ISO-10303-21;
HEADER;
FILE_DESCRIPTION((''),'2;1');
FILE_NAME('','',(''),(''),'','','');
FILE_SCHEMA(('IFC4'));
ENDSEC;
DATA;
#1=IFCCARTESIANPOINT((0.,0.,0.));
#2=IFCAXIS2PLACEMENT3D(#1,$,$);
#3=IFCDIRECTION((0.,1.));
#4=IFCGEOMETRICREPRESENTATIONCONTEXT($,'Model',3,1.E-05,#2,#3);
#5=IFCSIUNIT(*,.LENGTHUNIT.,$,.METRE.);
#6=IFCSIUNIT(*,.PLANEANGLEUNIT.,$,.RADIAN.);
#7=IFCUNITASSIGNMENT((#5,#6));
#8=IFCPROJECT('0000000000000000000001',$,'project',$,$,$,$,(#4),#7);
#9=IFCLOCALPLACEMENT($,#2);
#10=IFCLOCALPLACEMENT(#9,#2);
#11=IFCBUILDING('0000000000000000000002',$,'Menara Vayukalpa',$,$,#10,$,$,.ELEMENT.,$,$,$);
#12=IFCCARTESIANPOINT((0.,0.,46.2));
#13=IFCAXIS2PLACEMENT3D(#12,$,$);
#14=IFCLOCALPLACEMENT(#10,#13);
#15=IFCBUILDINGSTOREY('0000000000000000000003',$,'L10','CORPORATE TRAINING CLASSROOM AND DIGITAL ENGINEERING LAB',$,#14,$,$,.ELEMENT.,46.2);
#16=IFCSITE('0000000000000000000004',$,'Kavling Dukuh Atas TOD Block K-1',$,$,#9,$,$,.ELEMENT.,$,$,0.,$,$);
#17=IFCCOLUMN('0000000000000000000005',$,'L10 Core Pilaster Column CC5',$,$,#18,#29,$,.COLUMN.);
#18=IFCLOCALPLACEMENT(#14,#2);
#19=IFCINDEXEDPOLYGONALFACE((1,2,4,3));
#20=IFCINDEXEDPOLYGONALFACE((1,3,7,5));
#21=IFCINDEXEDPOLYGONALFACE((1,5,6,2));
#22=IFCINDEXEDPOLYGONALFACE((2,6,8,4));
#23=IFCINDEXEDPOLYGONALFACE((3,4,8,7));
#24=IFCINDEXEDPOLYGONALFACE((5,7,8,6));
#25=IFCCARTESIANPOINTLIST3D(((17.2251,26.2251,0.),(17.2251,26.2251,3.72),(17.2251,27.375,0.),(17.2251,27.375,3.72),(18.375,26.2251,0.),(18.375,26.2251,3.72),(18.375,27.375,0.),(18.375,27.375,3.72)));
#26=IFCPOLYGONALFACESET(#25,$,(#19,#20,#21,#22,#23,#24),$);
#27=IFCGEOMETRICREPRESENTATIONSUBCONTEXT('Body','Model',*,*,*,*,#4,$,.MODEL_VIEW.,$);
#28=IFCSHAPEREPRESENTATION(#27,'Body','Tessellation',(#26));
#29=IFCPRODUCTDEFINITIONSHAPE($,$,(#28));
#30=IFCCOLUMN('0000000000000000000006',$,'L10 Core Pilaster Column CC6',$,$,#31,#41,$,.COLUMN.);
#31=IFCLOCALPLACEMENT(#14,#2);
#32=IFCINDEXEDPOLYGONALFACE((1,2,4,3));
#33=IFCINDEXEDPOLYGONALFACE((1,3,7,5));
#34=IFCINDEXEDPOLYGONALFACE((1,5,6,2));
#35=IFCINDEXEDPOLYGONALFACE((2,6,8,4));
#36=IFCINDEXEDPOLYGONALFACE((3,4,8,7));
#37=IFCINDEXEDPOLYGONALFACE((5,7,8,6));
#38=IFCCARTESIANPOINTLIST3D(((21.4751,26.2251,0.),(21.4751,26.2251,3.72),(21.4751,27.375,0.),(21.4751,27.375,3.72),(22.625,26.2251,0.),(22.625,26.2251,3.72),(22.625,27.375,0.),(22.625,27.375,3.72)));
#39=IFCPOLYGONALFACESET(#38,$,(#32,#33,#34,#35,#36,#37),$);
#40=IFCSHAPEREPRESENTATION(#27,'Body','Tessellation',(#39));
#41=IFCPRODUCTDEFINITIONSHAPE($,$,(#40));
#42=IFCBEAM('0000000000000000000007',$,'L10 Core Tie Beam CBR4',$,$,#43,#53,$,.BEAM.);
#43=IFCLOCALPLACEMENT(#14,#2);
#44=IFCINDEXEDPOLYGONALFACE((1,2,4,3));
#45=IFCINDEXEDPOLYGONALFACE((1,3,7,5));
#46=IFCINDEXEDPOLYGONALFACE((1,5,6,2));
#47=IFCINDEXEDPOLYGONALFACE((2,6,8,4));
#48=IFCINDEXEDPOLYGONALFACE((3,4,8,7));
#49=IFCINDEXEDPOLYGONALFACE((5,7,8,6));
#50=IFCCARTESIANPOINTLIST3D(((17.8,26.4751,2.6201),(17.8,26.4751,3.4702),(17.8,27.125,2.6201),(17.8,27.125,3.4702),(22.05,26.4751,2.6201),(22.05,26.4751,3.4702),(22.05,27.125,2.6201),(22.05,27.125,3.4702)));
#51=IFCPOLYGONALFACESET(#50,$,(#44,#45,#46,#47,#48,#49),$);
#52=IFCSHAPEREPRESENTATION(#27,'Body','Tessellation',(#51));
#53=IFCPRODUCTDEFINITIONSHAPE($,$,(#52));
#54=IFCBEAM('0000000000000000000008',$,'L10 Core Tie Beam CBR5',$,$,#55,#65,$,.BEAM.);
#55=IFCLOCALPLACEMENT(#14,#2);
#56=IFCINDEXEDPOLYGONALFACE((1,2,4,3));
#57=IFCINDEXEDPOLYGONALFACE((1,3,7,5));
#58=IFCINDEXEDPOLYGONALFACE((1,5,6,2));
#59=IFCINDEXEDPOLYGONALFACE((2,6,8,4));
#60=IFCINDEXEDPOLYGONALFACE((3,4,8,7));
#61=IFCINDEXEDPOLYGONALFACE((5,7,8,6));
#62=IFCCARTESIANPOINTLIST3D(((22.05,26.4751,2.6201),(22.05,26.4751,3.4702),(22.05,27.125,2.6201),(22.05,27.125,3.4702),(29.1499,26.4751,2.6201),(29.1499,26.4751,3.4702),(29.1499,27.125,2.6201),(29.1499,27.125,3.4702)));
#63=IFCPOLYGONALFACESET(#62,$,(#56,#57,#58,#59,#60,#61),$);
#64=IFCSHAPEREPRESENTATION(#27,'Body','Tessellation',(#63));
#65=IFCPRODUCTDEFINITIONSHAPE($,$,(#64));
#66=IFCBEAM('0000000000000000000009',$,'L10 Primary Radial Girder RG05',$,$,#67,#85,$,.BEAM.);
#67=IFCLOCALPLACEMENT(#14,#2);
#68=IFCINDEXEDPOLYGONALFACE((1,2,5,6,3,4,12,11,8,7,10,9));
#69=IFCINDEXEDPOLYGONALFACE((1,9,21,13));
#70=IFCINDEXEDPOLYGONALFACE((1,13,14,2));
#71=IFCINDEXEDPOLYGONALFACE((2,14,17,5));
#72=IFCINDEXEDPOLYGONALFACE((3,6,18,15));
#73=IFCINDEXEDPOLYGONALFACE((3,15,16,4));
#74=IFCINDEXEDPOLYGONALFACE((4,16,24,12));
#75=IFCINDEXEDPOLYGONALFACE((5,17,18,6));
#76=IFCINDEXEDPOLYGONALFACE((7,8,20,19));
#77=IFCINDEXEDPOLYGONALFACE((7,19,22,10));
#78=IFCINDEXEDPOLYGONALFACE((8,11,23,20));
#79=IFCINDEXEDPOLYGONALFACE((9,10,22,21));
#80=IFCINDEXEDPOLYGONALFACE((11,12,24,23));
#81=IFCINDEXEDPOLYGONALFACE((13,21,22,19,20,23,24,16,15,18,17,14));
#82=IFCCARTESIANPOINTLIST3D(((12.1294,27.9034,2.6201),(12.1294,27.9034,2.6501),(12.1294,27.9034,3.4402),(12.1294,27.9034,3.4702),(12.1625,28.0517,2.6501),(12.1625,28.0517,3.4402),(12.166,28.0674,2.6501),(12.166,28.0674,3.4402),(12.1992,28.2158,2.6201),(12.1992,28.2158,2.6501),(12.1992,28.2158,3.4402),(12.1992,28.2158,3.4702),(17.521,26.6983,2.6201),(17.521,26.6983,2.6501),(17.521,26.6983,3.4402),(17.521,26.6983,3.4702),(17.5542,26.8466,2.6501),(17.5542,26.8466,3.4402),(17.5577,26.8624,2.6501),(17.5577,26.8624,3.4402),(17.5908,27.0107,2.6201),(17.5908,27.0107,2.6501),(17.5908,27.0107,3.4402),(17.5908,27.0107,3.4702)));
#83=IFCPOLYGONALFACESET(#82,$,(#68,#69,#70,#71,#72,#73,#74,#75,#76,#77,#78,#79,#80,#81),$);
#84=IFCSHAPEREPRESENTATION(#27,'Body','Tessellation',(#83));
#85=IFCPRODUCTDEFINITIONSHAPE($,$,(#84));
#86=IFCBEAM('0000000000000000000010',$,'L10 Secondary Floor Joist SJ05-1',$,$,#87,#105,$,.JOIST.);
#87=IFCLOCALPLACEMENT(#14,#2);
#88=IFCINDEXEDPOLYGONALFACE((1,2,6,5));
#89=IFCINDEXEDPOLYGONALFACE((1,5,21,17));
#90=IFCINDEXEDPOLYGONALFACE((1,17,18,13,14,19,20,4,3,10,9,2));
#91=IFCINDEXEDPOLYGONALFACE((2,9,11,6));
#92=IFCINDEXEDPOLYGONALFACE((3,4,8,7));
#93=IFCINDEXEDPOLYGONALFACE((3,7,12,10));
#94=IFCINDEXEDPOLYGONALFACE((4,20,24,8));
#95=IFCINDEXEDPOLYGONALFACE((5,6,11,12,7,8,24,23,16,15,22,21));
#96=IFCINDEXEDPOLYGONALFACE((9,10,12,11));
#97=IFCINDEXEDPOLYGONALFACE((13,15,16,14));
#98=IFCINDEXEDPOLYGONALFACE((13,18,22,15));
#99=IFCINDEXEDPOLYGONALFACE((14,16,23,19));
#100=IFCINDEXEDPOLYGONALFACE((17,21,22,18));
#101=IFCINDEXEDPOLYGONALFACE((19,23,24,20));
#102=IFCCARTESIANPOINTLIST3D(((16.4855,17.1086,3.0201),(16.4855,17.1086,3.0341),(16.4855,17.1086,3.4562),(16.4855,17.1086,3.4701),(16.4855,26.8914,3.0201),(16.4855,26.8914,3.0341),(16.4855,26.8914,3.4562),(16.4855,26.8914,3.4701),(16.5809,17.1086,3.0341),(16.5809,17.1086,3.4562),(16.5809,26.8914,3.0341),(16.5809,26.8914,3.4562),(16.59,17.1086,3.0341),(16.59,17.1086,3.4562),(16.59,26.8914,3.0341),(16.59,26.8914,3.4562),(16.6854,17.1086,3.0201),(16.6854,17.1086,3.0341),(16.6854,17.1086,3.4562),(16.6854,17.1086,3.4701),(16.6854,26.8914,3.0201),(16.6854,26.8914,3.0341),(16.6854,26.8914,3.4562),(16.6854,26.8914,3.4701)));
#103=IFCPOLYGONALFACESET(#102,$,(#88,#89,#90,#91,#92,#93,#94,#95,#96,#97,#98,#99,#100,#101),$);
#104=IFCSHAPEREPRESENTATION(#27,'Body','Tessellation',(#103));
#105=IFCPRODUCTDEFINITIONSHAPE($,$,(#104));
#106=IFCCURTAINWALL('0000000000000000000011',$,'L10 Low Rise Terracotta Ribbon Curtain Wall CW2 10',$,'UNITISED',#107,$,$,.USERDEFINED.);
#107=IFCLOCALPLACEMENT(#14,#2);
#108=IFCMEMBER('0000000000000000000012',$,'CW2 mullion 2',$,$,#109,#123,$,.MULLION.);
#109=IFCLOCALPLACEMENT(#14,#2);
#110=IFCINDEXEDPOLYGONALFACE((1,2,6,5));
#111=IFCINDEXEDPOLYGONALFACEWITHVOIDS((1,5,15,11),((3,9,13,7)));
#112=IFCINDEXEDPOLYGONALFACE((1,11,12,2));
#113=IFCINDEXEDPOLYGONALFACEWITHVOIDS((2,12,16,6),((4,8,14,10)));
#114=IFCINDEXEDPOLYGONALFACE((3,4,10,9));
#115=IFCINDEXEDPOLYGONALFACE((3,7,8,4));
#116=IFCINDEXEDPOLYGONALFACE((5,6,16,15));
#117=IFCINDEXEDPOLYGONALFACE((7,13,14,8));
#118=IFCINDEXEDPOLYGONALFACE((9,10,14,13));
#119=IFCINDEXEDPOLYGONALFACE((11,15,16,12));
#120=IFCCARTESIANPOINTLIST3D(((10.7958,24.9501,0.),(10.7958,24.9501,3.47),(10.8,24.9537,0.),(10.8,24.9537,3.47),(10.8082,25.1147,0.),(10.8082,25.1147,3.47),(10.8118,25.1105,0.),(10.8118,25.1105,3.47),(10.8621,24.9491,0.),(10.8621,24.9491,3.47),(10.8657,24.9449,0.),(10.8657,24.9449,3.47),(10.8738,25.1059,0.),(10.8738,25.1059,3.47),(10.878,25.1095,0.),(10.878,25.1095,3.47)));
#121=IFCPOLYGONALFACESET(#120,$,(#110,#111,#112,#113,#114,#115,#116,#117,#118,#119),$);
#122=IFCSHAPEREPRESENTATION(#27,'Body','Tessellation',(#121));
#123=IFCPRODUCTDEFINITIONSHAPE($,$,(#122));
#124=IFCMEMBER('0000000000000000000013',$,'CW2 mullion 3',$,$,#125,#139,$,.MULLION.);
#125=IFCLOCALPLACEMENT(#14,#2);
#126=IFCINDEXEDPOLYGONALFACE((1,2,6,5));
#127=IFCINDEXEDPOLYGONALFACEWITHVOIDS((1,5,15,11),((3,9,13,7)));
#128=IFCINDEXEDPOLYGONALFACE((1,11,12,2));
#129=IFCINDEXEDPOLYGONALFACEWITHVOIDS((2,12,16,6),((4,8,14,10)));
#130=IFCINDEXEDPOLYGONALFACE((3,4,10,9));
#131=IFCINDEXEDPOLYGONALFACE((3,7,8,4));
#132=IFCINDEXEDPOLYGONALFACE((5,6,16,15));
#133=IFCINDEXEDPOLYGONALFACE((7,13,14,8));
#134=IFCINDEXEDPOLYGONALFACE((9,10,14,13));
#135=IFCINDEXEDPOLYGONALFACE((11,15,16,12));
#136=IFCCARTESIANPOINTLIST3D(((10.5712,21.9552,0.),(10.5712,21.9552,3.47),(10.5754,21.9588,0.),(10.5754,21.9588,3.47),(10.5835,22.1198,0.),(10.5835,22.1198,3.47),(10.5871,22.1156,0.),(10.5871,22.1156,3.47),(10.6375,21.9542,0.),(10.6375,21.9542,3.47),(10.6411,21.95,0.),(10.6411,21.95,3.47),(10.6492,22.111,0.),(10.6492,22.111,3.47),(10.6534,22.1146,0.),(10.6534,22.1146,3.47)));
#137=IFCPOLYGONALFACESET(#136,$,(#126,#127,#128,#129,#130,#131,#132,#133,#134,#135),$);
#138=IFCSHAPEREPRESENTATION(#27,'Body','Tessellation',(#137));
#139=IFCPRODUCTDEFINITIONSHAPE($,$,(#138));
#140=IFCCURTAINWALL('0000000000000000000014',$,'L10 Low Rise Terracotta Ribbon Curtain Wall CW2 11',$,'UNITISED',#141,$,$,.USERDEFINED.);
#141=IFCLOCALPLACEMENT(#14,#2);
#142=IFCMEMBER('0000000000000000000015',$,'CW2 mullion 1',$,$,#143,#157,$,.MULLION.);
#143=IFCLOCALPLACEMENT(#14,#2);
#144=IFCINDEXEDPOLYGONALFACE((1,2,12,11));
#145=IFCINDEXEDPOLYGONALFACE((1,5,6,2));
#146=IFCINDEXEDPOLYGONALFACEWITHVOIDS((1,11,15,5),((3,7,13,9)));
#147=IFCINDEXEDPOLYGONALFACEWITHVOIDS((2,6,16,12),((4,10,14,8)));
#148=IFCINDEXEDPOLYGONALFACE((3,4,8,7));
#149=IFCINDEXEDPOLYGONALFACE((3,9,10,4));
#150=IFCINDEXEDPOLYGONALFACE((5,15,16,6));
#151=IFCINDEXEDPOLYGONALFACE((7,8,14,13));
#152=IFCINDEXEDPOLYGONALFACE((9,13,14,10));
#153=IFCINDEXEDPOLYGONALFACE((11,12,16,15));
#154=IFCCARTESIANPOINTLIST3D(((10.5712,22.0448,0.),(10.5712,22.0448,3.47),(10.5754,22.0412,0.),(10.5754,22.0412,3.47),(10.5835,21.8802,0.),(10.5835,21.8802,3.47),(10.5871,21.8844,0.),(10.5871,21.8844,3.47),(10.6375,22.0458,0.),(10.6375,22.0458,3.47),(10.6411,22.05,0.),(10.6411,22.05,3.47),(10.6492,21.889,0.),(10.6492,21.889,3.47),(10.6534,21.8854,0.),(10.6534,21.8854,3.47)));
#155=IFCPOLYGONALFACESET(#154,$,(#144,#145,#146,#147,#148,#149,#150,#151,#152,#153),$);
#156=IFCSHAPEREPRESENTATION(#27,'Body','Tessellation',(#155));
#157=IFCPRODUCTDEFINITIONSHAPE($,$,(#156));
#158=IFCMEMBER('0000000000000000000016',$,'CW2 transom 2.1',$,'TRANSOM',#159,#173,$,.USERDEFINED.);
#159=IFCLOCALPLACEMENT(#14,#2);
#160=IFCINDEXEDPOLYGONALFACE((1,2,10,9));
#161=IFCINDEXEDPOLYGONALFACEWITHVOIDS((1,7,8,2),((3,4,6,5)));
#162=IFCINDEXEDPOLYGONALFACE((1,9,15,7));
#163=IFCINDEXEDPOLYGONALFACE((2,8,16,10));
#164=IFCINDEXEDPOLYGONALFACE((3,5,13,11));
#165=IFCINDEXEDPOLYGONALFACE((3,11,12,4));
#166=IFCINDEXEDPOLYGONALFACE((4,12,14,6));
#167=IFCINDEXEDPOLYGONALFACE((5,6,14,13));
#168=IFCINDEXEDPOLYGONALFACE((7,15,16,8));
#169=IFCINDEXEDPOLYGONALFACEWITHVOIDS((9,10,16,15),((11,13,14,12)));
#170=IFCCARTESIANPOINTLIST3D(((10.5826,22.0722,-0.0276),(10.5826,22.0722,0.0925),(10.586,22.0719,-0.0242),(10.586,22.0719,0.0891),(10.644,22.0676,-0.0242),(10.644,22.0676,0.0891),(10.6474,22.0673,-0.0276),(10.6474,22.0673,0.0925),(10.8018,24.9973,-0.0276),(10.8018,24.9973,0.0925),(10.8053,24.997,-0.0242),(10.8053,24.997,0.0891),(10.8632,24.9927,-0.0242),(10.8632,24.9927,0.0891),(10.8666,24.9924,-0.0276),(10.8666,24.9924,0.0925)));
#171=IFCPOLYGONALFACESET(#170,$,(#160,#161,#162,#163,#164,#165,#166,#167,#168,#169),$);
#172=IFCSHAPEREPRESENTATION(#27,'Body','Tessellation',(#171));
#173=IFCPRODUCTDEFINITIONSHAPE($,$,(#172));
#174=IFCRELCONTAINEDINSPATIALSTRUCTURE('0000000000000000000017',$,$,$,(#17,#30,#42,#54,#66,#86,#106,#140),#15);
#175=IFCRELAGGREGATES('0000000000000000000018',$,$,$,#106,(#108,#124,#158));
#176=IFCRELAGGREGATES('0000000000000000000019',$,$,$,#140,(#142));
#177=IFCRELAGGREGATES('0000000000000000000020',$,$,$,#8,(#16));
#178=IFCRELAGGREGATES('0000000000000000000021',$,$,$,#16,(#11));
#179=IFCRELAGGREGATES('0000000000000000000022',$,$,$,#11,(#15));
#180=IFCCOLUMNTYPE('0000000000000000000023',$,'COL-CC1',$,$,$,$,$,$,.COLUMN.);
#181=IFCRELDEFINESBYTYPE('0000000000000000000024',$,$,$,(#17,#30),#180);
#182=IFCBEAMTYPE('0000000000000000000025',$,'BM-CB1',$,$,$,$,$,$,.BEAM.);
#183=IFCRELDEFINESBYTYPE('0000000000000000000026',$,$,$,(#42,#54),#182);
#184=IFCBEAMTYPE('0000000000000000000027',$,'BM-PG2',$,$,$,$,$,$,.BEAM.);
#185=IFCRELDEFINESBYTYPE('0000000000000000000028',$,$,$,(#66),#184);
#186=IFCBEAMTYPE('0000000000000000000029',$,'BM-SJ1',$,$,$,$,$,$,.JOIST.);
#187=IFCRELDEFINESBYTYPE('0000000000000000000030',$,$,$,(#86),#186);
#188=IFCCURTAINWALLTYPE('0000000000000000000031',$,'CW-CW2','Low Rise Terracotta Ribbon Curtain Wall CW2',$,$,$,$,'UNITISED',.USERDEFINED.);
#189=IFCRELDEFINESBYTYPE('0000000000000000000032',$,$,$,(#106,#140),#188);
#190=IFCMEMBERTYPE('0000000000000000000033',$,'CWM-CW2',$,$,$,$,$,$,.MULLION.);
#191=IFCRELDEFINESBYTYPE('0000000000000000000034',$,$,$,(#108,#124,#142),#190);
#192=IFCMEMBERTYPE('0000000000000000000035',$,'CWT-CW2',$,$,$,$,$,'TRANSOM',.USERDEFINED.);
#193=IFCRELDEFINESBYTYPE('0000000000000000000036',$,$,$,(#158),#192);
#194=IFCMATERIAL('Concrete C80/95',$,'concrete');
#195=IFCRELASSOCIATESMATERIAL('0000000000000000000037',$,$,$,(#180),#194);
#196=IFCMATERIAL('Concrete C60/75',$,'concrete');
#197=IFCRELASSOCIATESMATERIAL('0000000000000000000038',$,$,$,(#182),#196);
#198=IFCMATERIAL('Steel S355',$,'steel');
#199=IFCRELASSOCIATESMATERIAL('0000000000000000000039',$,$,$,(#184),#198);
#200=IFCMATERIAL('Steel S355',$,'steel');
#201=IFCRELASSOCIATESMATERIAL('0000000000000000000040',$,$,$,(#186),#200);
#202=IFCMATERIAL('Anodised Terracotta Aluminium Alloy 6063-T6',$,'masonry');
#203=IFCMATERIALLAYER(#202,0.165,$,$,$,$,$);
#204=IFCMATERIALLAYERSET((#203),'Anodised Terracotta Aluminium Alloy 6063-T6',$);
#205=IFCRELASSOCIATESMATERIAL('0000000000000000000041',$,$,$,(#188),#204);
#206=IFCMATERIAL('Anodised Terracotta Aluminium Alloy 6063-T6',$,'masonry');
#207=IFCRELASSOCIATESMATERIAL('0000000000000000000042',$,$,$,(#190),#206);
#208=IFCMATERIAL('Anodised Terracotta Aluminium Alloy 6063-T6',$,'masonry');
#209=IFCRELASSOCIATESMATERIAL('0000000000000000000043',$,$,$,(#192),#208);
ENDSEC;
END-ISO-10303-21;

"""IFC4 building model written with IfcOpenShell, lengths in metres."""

from ifc_helpers import new_model, si_unit, direction, frame, origin, origin_2d, place, context, subcontext, project, spatial, rectangle, hollow_rectangle, i_section, extrude, material, layer, layer_set, material_profile, profile_set, type_object, element, aggregate, save


model = new_model("IFC4")

# Units and contexts
model_context = context("Model", 3, precision=1e-05, world=origin(), true_north=direction((0.0, 1.0)))
body_context = subcontext(model_context, "Body", "Model", "MODEL_VIEW")
ifc_project = project(units=[si_unit("LENGTHUNIT", "METRE"), si_unit("PLANEANGLEUNIT", "RADIAN")], contexts=[model_context])

# Site, building, storey
site_placement = place(None, origin())
site = spatial("IfcSite", under=ifc_project, at=site_placement, Name="Kavling Dukuh Atas TOD Block K-1", CompositionType="ELEMENT", RefElevation=0.0)
building_placement = place(site_placement, origin())
building = spatial("IfcBuilding", under=site, at=building_placement, Name="Menara Vayukalpa", CompositionType="ELEMENT")
storey_placement = place(building_placement, frame((0.0, 0.0, 46.2)))
storey = spatial("IfcBuildingStorey", under=building, at=storey_placement, Name="L10", Description="CORPORATE TRAINING CLASSROOM AND DIGITAL ENGINEERING LAB", CompositionType="ELEMENT", Elevation=46.2)

# Columns
ifc_material_1 = material(Name="Concrete C80/95", Category="concrete")
ifc_material_profile_1 = material_profile(ifc_material_1, rectangle(XDim=1.1499, YDim=1.1499, at=origin_2d()), Name="RC 1150x1150")
ifc_profile_set_1 = profile_set([ifc_material_profile_1], Name="Concrete C80/95")
column_type = type_object("IfcColumnType", Name="COL-CC1", PredefinedType="COLUMN", material=ifc_profile_set_1)
for number, where, z_axis, x_axis, name in (
    (1, (17.8, 26.8, 0.0), (0.0, 0.0, 1.0), (1.0, 0.0, 0.0), "L10 Core Pilaster Column CC5"),
    (2, (22.05, 26.8, 0.0), (0.0, 0.0, 1.0), (1.0, 0.0, 0.0), "L10 Core Pilaster Column CC6"),
):
    element("IfcColumn", number, at=place(storey_placement, frame(where, z_axis=z_axis, x_axis=x_axis)), inside=storey, type_object=column_type, Name=name, PredefinedType="COLUMN", context=body_context, shape_type="SweptSolid", body=[
        extrude(rectangle(XDim=1.1499, YDim=1.1499, at=origin_2d()), origin(), (0.0, 0.0, 1.0), 3.72),
    ])

# Beams
ifc_material_2 = material(Name="Concrete C60/75", Category="concrete")
ifc_material_profile_2 = material_profile(ifc_material_2, rectangle(XDim=0.6499, YDim=0.8501, at=origin_2d()), Name="RC 650x850")
ifc_profile_set_2 = profile_set([ifc_material_profile_2], Name="Concrete C60/75")
beam_type_1 = type_object("IfcBeamType", Name="BM-CB1", PredefinedType="BEAM", material=ifc_profile_set_2)
beam_1_placement = place(storey_placement, frame((17.8, 26.8, 3.0452), z_axis=(1.0, 0.0, 0.0), x_axis=(0.0, 1.0, 0.0)))
element("IfcBeam", 3, at=beam_1_placement, inside=storey, type_object=beam_type_1, Name="L10 Core Tie Beam CBR4", PredefinedType="BEAM", context=body_context, shape_type="SweptSolid", body=[
    extrude(rectangle(XDim=0.6499, YDim=0.8501, at=origin_2d()), origin(), (0.0, 0.0, 1.0), 4.25),
])
beam_2_placement = place(storey_placement, frame((22.05, 26.8, 3.0452), z_axis=(1.0, 0.0, 0.0), x_axis=(0.0, 1.0, 0.0)))
element("IfcBeam", 4, at=beam_2_placement, inside=storey, type_object=beam_type_1, Name="L10 Core Tie Beam CBR5", PredefinedType="BEAM", context=body_context, shape_type="SweptSolid", body=[
    extrude(rectangle(XDim=0.6499, YDim=0.8501, at=origin_2d()), origin(), (0.0, 0.0, 1.0), 7.0999),
])
ifc_material_3 = material(Name="Steel S355", Category="steel")
ifc_material_profile_3 = material_profile(ifc_material_3, i_section(OverallWidth=0.3201, OverallDepth=0.8501, WebThickness=0.0161, FlangeThickness=0.03, at=origin_2d()), Name="WF 850x320x16x30")
ifc_profile_set_3 = profile_set([ifc_material_profile_3], Name="Steel S355")
beam_type_2 = type_object("IfcBeamType", Name="BM-PG2", PredefinedType="BEAM", material=ifc_profile_set_3)
beam_3_placement = place(storey_placement, frame((17.5559, 26.8545, 3.0452), z_axis=(-0.97592, 0.218128, 0.0), x_axis=(-0.218128, -0.97592, 0.0)))
element("IfcBeam", 5, at=beam_3_placement, inside=storey, type_object=beam_type_2, Name="L10 Primary Radial Girder RG05", PredefinedType="BEAM", context=body_context, shape_type="SweptSolid", body=[
    extrude(i_section(OverallWidth=0.3201, OverallDepth=0.8501, WebThickness=0.0161, FlangeThickness=0.03, at=origin_2d()), origin(), (0.0, 0.0, 1.0), 5.5247),
])
ifc_material_4 = material(Name="Steel S355", Category="steel")
ifc_material_profile_4 = material_profile(ifc_material_4, i_section(OverallWidth=0.2, OverallDepth=0.45, WebThickness=0.009, FlangeThickness=0.0139, at=origin_2d()), Name="WF 450x200x9x14")
ifc_profile_set_4 = profile_set([ifc_material_profile_4], Name="Steel S355")
beam_type_3 = type_object("IfcBeamType", Name="BM-SJ1", PredefinedType="JOIST", material=ifc_profile_set_4)
beam_4_placement = place(storey_placement, frame((16.5854, 26.8914, 3.2451), z_axis=(0.0, -1.0, 0.0), x_axis=(1.0, 0.0, 0.0)))
element("IfcBeam", 6, at=beam_4_placement, inside=storey, type_object=beam_type_3, Name="L10 Secondary Floor Joist SJ05-1", PredefinedType="JOIST", context=body_context, shape_type="SweptSolid", body=[
    extrude(i_section(OverallWidth=0.2, OverallDepth=0.45, WebThickness=0.009, FlangeThickness=0.0139, at=origin_2d()), origin(), (0.0, 0.0, 1.0), 9.7827),
])

# Curtain wall, members
ifc_material_5 = material(Name="Anodised Terracotta Aluminium Alloy 6063-T6", Category="masonry")
ifc_layer_1 = layer(ifc_material_5, 0.165)
ifc_layer_set_1 = layer_set([ifc_layer_1], Name="Anodised Terracotta Aluminium Alloy 6063-T6")
curtain_wall_type = type_object("IfcCurtainWallType", Name="CW-CW2", Description="Low Rise Terracotta Ribbon Curtain Wall CW2", ElementType="UNITISED", PredefinedType="USERDEFINED", material=ifc_layer_set_1)
curtain_wall_1_placement = place(storey_placement, origin())
curtain_wall_1 = element("IfcCurtainWall", 7, at=curtain_wall_1_placement, inside=storey, type_object=curtain_wall_type, Name="L10 Low Rise Terracotta Ribbon Curtain Wall CW2 10", ObjectType="UNITISED", PredefinedType="USERDEFINED")
ifc_material_6 = material(Name="Anodised Terracotta Aluminium Alloy 6063-T6", Category="masonry")
ifc_material_profile_5 = material_profile(ifc_material_6, hollow_rectangle(XDim=0.0701, YDim=0.165, WallThickness=0.0039, at=origin_2d()), Name="ALU 70x165x4")
ifc_profile_set_5 = profile_set([ifc_material_profile_5], Name="Anodised Terracotta Aluminium Alloy 6063-T6")
member_type_1 = type_object("IfcMemberType", Name="CWM-CW2", PredefinedType="MULLION", material=ifc_profile_set_5)
member_1_placement = place(storey_placement, frame((10.8369, 25.0298, 0.0), z_axis=(0.0, 0.0, 1.0), x_axis=(0.997199, -0.074795, 0.0)))
member_1 = element("IfcMember", 8, at=member_1_placement, type_object=member_type_1, Name="CW2 mullion 2", PredefinedType="MULLION", context=body_context, shape_type="SweptSolid", body=[
    extrude(hollow_rectangle(XDim=0.0701, YDim=0.165, WallThickness=0.0039, at=origin_2d()), origin(), (0.0, 0.0, 1.0), 3.47),
])
member_2_placement = place(storey_placement, frame((10.6123, 22.0349, 0.0), z_axis=(0.0, 0.0, 1.0), x_axis=(0.997199, -0.074795, 0.0)))
member_2 = element("IfcMember", 9, at=member_2_placement, type_object=member_type_1, Name="CW2 mullion 3", PredefinedType="MULLION", context=body_context, shape_type="SweptSolid", body=[
    extrude(hollow_rectangle(XDim=0.0701, YDim=0.165, WallThickness=0.0039, at=origin_2d()), origin(), (0.0, 0.0, 1.0), 3.47),
])

# Curtain wall, member
curtain_wall_2_placement = place(storey_placement, origin())
curtain_wall_2 = element("IfcCurtainWall", 10, at=curtain_wall_2_placement, inside=storey, type_object=curtain_wall_type, Name="L10 Low Rise Terracotta Ribbon Curtain Wall CW2 11", ObjectType="UNITISED", PredefinedType="USERDEFINED")
member_3_placement = place(storey_placement, frame((10.6123, 21.9651, 0.0), z_axis=(0.0, 0.0, 1.0), x_axis=(0.997199, 0.074795, 0.0)))
member_3 = element("IfcMember", 11, at=member_3_placement, type_object=member_type_1, Name="CW2 mullion 1", PredefinedType="MULLION", context=body_context, shape_type="SweptSolid", body=[
    extrude(hollow_rectangle(XDim=0.0701, YDim=0.165, WallThickness=0.0039, at=origin_2d()), origin(), (0.0, 0.0, 1.0), 3.47),
])

# Member
ifc_material_7 = material(Name="Anodised Terracotta Aluminium Alloy 6063-T6", Category="masonry")
ifc_material_profile_6 = material_profile(ifc_material_7, hollow_rectangle(XDim=0.0649, YDim=0.1201, WallThickness=0.0034, at=origin_2d()), Name="ALU 65x120x3.5")
ifc_profile_set_6 = profile_set([ifc_material_profile_6], Name="Anodised Terracotta Aluminium Alloy 6063-T6")
member_type_2 = type_object("IfcMemberType", Name="CWT-CW2", ElementType="TRANSOM", PredefinedType="USERDEFINED", material=ifc_profile_set_6)
member_4_placement = place(storey_placement, frame((10.8342, 24.9949, 0.0325), z_axis=(-0.074742, -0.997203, 0.0), x_axis=(0.997203, -0.074742, 0.0)))
member_4 = element("IfcMember", 12, at=member_4_placement, type_object=member_type_2, Name="CW2 transom 2.1", ObjectType="TRANSOM", PredefinedType="USERDEFINED", context=body_context, shape_type="SweptSolid", body=[
    extrude(hollow_rectangle(XDim=0.0649, YDim=0.1201, WallThickness=0.0034, at=origin_2d()), origin(), (0.0, 0.0, 1.0), 2.9333),
])

aggregate(curtain_wall_1, [member_1, member_2, member_4])
aggregate(curtain_wall_2, [member_3])

save(model, "model.ifc")
